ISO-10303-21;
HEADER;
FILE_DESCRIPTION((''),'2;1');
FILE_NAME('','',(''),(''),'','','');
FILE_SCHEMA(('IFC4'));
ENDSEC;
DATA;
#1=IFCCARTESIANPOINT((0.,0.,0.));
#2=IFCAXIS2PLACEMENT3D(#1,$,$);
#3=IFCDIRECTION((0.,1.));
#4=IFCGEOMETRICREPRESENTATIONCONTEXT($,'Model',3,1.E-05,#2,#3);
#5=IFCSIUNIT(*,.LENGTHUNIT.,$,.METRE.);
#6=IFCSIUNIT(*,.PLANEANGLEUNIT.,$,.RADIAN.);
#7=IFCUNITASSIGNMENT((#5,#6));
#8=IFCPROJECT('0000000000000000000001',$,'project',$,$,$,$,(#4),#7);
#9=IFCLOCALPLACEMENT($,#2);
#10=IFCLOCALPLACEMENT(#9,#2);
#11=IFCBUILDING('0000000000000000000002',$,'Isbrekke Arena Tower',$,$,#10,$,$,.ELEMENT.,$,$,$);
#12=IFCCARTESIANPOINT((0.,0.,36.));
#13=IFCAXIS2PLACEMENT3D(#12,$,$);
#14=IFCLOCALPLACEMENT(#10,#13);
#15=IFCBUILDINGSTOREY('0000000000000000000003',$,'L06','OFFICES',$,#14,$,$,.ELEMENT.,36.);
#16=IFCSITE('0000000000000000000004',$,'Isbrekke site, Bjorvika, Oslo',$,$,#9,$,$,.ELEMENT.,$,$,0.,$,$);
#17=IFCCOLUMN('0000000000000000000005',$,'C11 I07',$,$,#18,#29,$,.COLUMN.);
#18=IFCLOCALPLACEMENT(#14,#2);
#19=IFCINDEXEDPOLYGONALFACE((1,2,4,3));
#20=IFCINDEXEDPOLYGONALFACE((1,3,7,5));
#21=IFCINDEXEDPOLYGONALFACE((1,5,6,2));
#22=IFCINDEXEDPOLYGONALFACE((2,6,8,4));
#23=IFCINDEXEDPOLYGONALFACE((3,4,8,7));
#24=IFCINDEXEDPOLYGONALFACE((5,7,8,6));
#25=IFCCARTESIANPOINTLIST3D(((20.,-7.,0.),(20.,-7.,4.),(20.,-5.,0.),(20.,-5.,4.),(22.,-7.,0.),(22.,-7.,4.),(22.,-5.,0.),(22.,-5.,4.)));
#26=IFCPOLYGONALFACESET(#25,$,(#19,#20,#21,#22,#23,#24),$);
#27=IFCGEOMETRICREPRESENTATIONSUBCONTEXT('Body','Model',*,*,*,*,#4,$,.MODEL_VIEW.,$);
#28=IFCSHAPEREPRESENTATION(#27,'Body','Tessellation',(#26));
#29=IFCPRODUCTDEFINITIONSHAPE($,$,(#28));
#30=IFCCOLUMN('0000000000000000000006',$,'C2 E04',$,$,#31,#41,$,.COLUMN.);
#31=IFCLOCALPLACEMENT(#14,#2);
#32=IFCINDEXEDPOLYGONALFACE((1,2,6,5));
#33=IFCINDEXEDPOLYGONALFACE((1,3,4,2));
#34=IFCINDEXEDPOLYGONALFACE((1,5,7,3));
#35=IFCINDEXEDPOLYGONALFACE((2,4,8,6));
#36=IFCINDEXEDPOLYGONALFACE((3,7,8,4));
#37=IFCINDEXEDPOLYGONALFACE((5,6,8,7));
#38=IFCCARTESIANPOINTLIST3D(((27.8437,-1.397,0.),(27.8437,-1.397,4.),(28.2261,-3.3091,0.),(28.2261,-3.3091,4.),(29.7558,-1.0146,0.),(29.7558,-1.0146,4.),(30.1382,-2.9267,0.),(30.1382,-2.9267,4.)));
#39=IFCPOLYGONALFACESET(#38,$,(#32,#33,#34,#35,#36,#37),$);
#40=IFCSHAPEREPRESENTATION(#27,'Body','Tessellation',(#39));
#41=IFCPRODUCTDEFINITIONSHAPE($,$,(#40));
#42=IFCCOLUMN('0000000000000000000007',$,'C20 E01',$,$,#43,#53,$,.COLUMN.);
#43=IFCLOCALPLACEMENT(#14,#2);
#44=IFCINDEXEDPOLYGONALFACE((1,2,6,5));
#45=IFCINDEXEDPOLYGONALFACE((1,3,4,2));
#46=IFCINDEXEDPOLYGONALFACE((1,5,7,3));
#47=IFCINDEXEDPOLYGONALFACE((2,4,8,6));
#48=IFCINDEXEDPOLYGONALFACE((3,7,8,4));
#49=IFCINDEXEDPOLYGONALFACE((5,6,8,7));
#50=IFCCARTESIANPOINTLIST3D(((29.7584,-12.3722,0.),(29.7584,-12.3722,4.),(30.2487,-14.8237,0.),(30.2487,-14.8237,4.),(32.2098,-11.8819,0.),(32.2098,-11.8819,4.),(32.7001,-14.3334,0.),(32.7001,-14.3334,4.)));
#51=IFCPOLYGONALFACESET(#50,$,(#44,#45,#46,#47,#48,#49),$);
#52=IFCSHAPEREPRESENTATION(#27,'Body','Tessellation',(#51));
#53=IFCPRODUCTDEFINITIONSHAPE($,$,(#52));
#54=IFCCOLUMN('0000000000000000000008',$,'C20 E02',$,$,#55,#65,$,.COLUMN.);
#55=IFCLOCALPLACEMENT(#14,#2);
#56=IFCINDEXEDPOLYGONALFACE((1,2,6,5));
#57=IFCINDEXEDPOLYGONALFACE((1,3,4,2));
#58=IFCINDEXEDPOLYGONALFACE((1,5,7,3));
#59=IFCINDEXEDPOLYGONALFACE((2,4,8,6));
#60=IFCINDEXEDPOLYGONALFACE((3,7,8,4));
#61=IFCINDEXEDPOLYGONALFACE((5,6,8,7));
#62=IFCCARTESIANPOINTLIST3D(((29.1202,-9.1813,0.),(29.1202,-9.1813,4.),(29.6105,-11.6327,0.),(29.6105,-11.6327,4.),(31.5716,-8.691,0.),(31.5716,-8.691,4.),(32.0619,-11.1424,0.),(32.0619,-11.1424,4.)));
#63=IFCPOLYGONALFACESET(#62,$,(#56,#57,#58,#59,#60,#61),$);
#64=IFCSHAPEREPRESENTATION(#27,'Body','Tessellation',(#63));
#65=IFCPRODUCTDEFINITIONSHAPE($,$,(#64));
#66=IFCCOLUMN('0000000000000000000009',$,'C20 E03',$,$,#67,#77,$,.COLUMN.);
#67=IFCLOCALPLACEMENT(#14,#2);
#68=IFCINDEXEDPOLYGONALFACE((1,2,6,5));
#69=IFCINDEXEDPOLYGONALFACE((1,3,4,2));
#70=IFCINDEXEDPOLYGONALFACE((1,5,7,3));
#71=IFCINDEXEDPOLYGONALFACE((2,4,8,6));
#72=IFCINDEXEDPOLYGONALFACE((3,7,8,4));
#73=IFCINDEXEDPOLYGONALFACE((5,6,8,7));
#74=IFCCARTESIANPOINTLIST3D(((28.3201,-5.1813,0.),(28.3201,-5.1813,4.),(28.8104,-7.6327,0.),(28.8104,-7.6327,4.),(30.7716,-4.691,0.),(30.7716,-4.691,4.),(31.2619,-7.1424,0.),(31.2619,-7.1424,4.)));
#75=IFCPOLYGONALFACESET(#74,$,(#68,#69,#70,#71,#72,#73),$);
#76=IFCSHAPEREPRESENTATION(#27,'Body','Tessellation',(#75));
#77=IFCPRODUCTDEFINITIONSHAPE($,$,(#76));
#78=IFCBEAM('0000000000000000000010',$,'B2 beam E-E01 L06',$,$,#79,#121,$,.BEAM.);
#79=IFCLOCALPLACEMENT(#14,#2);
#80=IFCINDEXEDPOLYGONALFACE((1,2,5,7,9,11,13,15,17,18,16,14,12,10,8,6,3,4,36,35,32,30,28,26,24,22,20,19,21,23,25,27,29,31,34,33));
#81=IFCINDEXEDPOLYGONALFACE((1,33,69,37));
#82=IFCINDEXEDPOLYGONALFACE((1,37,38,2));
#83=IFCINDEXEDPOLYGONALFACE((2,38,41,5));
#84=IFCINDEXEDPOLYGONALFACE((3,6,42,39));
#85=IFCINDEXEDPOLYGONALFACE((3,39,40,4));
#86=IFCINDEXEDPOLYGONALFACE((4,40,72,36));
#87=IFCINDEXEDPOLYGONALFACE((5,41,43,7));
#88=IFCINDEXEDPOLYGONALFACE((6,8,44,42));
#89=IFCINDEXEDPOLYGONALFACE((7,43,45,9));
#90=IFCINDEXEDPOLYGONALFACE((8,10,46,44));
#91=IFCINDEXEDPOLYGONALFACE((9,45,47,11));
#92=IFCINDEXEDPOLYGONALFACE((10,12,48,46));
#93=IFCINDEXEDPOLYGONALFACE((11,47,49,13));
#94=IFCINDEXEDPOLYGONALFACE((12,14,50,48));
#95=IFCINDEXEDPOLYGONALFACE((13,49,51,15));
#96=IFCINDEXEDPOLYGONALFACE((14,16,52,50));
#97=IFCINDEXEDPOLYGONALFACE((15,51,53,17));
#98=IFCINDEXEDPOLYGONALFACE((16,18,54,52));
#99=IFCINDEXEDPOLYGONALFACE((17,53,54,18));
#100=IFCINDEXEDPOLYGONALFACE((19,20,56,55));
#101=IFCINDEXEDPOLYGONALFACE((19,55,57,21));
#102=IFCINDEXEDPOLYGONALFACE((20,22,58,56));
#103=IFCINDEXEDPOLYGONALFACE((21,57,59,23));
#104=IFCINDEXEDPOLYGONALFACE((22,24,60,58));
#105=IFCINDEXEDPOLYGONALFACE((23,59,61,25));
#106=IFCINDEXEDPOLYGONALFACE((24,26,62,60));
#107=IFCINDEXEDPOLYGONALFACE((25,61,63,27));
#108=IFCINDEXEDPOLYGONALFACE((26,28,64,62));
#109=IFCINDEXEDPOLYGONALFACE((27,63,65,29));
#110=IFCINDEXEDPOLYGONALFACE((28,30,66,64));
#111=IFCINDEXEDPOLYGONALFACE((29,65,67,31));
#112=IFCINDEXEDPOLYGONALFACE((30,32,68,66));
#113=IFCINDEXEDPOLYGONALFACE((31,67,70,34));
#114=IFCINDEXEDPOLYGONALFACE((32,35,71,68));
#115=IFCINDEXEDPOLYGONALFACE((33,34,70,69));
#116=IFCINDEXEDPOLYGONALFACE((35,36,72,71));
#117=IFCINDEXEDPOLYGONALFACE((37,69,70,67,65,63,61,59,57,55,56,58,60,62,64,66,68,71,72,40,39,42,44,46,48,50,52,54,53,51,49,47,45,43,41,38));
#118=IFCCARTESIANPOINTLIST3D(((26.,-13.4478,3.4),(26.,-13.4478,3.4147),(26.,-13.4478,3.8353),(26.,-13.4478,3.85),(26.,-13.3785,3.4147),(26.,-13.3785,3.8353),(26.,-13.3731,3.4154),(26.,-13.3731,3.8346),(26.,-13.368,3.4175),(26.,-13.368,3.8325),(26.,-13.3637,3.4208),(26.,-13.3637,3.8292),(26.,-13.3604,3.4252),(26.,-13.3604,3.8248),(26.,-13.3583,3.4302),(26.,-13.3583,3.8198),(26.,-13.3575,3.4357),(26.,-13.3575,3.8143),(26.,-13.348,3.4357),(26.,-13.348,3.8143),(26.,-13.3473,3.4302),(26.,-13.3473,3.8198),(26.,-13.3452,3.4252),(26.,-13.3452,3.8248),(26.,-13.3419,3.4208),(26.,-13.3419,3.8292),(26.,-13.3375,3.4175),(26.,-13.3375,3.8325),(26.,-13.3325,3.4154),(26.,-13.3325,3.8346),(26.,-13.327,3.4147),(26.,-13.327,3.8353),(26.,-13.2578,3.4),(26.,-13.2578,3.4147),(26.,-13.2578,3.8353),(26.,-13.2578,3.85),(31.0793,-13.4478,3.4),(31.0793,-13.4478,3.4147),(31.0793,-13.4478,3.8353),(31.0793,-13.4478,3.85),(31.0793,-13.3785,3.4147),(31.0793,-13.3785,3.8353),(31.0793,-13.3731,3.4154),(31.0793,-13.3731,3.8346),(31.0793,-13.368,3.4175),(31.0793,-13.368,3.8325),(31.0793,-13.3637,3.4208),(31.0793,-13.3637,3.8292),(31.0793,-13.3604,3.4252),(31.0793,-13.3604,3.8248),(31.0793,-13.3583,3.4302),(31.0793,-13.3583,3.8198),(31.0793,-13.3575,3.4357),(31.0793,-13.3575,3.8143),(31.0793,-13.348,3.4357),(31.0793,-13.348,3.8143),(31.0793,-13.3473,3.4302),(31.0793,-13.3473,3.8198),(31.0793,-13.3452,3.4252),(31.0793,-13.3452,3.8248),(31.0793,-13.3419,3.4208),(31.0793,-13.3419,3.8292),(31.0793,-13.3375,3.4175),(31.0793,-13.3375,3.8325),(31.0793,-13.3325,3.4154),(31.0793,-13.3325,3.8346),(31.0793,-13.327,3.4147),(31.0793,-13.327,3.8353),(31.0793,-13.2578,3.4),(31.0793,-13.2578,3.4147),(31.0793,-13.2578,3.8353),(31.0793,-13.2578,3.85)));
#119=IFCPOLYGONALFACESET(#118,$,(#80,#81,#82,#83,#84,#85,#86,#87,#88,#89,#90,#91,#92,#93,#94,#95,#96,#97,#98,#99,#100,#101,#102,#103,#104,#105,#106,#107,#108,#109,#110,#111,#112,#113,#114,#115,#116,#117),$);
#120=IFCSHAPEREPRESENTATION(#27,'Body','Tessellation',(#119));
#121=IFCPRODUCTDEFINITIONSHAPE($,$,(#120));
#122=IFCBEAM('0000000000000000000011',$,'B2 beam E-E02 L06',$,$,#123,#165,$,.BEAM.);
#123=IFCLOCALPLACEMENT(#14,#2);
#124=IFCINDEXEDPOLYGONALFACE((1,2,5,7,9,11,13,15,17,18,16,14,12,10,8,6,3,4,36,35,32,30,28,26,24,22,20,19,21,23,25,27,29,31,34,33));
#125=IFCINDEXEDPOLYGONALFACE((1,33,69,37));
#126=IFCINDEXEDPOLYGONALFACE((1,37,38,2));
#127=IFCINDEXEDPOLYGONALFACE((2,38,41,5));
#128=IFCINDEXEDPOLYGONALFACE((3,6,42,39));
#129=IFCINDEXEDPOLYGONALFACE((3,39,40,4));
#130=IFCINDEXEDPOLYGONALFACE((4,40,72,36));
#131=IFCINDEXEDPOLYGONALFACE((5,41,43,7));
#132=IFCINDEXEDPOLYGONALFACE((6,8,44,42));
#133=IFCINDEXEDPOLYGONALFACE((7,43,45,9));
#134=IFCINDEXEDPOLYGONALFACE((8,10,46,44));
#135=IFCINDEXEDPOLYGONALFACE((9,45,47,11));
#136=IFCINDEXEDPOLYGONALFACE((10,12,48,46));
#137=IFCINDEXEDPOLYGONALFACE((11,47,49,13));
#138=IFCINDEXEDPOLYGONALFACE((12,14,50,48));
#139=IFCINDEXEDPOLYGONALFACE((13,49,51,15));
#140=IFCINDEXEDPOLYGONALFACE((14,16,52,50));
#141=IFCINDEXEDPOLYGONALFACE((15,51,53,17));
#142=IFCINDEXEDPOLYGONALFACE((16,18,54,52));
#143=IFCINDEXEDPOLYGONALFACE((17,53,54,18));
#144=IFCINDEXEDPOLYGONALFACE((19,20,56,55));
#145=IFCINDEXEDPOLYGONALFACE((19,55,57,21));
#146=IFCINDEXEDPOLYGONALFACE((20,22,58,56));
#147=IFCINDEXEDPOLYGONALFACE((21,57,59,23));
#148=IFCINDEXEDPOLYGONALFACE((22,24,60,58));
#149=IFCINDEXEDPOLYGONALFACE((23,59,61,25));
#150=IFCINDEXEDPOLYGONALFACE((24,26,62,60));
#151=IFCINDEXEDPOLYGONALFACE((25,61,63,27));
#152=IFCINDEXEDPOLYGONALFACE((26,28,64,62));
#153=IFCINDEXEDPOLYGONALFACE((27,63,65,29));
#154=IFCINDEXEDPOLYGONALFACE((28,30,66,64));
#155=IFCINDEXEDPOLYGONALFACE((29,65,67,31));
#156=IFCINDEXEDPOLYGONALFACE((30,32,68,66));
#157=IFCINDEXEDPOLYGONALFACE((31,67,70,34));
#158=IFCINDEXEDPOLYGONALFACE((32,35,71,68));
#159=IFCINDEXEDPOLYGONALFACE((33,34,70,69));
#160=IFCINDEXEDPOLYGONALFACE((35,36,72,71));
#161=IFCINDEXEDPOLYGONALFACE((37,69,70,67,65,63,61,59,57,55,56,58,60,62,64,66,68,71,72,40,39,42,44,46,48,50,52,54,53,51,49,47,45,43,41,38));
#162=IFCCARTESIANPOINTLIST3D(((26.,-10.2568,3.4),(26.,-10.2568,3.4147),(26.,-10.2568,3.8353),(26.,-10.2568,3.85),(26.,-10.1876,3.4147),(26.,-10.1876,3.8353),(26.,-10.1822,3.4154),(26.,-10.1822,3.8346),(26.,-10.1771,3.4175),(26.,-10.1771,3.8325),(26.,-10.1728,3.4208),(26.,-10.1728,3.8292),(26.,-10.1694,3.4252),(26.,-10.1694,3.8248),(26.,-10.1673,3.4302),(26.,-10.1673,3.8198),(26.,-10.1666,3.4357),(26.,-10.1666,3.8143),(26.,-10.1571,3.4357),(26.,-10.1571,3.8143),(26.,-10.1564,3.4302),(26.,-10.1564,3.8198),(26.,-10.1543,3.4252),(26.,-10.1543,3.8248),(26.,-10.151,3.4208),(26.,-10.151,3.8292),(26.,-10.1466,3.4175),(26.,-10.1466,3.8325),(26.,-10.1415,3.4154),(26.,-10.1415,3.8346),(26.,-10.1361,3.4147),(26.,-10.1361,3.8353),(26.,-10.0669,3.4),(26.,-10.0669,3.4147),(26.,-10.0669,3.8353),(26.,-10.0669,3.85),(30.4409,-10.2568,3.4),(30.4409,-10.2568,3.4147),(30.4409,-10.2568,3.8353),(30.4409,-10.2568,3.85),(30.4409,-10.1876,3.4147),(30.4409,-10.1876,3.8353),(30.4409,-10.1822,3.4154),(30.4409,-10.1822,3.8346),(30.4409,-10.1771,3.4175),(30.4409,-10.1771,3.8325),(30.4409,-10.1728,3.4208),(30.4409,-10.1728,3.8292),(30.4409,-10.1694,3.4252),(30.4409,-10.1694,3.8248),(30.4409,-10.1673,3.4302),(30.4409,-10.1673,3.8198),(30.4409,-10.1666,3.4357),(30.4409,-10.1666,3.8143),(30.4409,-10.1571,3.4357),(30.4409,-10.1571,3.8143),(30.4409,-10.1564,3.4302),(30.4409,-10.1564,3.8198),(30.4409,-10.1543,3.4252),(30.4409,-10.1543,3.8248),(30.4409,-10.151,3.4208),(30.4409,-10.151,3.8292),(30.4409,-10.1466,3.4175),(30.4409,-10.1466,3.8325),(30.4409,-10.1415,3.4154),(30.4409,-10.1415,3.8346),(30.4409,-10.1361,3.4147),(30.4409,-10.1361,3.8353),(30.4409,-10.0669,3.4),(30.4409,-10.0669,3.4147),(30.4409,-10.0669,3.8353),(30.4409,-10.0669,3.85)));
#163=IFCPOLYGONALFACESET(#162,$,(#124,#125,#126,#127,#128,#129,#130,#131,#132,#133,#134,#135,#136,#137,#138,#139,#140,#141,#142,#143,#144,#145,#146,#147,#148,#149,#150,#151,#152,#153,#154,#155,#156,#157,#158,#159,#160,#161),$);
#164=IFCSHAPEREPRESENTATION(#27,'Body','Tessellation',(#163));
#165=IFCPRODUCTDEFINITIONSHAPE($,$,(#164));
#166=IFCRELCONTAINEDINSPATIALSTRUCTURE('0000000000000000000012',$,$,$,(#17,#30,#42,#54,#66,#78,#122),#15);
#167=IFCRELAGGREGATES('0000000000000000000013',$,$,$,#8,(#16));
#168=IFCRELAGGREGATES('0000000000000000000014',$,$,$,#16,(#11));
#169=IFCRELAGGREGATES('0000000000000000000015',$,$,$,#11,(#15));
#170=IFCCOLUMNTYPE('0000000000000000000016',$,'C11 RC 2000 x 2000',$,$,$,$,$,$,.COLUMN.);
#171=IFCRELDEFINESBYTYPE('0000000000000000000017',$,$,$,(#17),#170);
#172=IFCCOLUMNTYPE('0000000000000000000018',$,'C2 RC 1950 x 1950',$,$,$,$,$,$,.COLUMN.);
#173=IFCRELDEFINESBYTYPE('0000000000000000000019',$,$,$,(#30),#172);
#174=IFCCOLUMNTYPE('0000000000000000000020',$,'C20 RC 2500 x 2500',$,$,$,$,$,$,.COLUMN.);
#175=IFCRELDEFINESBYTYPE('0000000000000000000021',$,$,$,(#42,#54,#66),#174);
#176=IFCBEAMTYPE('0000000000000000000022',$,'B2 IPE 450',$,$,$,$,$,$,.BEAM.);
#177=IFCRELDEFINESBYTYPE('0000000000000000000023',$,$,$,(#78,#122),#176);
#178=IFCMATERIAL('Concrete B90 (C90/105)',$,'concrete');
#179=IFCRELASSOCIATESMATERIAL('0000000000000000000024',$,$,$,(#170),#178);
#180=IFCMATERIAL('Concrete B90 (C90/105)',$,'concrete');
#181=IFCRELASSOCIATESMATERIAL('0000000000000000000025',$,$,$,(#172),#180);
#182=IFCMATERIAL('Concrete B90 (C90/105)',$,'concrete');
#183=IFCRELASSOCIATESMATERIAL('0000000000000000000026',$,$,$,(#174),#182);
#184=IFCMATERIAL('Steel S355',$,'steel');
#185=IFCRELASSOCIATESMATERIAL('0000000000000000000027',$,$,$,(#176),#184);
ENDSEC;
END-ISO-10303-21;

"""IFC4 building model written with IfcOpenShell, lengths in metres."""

from ifc_helpers import new_model, si_unit, direction, frame, origin, origin_2d, place, context, subcontext, project, spatial, rectangle, i_section, extrude, material, material_profile, profile_set, type_object, element, save


model = new_model("IFC4")

# Units and contexts
model_context = context("Model", 3, precision=1e-05, world=origin(), true_north=direction((0.0, 1.0)))
body_context = subcontext(model_context, "Body", "Model", "MODEL_VIEW")
ifc_project = project(units=[si_unit("LENGTHUNIT", "METRE"), si_unit("PLANEANGLEUNIT", "RADIAN")], contexts=[model_context])

# Site, building, storey
site_placement = place(None, origin())
site = spatial("IfcSite", under=ifc_project, at=site_placement, Name="Isbrekke site, Bjorvika, Oslo", CompositionType="ELEMENT", RefElevation=0.0)
building_placement = place(site_placement, origin())
building = spatial("IfcBuilding", under=site, at=building_placement, Name="Isbrekke Arena Tower", CompositionType="ELEMENT")
storey_placement = place(building_placement, frame((0.0, 0.0, 36.0)))
storey = spatial("IfcBuildingStorey", under=building, at=storey_placement, Name="L06", Description="OFFICES", CompositionType="ELEMENT", Elevation=36.0)

# Columns
ifc_material_1 = material(Name="Concrete B90 (C90/105)", Category="concrete")
ifc_material_profile_1 = material_profile(ifc_material_1, rectangle(XDim=2.0, YDim=2.0, at=origin_2d()), Name="RC 2000x2000")
ifc_profile_set_1 = profile_set([ifc_material_profile_1], Name="Concrete B90 (C90/105)")
column_type_1 = type_object("IfcColumnType", Name="C11 RC 2000 x 2000", PredefinedType="COLUMN", material=ifc_profile_set_1)
column_1_placement = place(storey_placement, frame((21.0, -6.0, 0.0), z_axis=(0.0, 0.0, 1.0), x_axis=(1.0, 0.0, 0.0)))
element("IfcColumn", 1, at=column_1_placement, inside=storey, type_object=column_type_1, Name="C11 I07", PredefinedType="COLUMN", context=body_context, shape_type="SweptSolid", body=[
    extrude(rectangle(XDim=2.0, YDim=2.0, at=origin_2d()), origin(), (0.0, 0.0, 1.0), 4.0),
])
ifc_material_2 = material(Name="Concrete B90 (C90/105)", Category="concrete")
ifc_material_profile_2 = material_profile(ifc_material_2, rectangle(XDim=1.95, YDim=1.95, at=origin_2d()), Name="RC 1950x1950")
ifc_profile_set_2 = profile_set([ifc_material_profile_2], Name="Concrete B90 (C90/105)")
column_type_2 = type_object("IfcColumnType", Name="C2 RC 1950 x 1950", PredefinedType="COLUMN", material=ifc_profile_set_2)
column_2_placement = place(storey_placement, frame((28.991, -2.1619, 0.0), z_axis=(0.0, 0.0, 1.0), x_axis=(-0.196116, 0.980581, 0.0)))
element("IfcColumn", 2, at=column_2_placement, inside=storey, type_object=column_type_2, Name="C2 E04", PredefinedType="COLUMN", context=body_context, shape_type="SweptSolid", body=[
    extrude(rectangle(XDim=1.95, YDim=1.95, at=origin_2d()), origin(), (0.0, 0.0, 1.0), 4.0),
])
ifc_material_3 = material(Name="Concrete B90 (C90/105)", Category="concrete")
ifc_material_profile_3 = material_profile(ifc_material_3, rectangle(XDim=2.5, YDim=2.5, at=origin_2d()), Name="RC 2500x2500")
ifc_profile_set_3 = profile_set([ifc_material_profile_3], Name="Concrete B90 (C90/105)")
column_type_3 = type_object("IfcColumnType", Name="C20 RC 2500 x 2500", PredefinedType="COLUMN", material=ifc_profile_set_3)
for number, where, z_axis, x_axis, name in (
    (3, (31.2292, -13.3528, 0.0), (0.0, 0.0, 1.0), (-0.196116, 0.980581, 0.0), "C20 E01"),
    (4, (30.5911, -10.1619, 0.0), (0.0, 0.0, 1.0), (-0.196116, 0.980581, 0.0), "C20 E02"),
    (5, (29.791, -6.1619, 0.0), (0.0, 0.0, 1.0), (-0.196116, 0.980581, 0.0), "C20 E03"),
):
    element("IfcColumn", number, at=place(storey_placement, frame(where, z_axis=z_axis, x_axis=x_axis)), inside=storey, type_object=column_type_3, Name=name, PredefinedType="COLUMN", context=body_context, shape_type="SweptSolid", body=[
        extrude(rectangle(XDim=2.5, YDim=2.5, at=origin_2d()), origin(), (0.0, 0.0, 1.0), 4.0),
    ])

# Beams
ifc_material_4 = material(Name="Steel S355", Category="steel")
ifc_material_profile_4 = material_profile(ifc_material_4, i_section(OverallWidth=0.1899, OverallDepth=0.45, WebThickness=0.0095, FlangeThickness=0.0146, FilletRadius=0.021, at=origin_2d()), Name="IPE 450")
ifc_profile_set_4 = profile_set([ifc_material_profile_4], Name="Steel S355")
beam_type_1 = type_object("IfcBeamType", Name="B2 IPE 450", PredefinedType="BEAM", material=ifc_profile_set_4)
beam_1_placement = place(storey_placement, frame((31.0793, -13.3528, 3.625), z_axis=(-1.0, 0.0, 0.0), x_axis=(0.0, -1.0, 0.0)))
element("IfcBeam", 6, at=beam_1_placement, inside=storey, type_object=beam_type_1, Name="B2 beam E-E01 L06", PredefinedType="BEAM", context=body_context, shape_type="SweptSolid", body=[
    extrude(i_section(OverallWidth=0.1899, OverallDepth=0.45, WebThickness=0.0095, FlangeThickness=0.0146, FilletRadius=0.021, at=origin_2d()), origin(), (0.0, 0.0, 1.0), 5.0793),
])
beam_2_placement = place(storey_placement, frame((30.4409, -10.1619, 3.625), z_axis=(-1.0, 0.0, 0.0), x_axis=(0.0, -1.0, 0.0)))
element("IfcBeam", 7, at=beam_2_placement, inside=storey, type_object=beam_type_1, Name="B2 beam E-E02 L06", PredefinedType="BEAM", context=body_context, shape_type="SweptSolid", body=[
    extrude(i_section(OverallWidth=0.1899, OverallDepth=0.45, WebThickness=0.0095, FlangeThickness=0.0146, FilletRadius=0.021, at=origin_2d()), origin(), (0.0, 0.0, 1.0), 4.4409),
])

save(model, "model.ifc")
